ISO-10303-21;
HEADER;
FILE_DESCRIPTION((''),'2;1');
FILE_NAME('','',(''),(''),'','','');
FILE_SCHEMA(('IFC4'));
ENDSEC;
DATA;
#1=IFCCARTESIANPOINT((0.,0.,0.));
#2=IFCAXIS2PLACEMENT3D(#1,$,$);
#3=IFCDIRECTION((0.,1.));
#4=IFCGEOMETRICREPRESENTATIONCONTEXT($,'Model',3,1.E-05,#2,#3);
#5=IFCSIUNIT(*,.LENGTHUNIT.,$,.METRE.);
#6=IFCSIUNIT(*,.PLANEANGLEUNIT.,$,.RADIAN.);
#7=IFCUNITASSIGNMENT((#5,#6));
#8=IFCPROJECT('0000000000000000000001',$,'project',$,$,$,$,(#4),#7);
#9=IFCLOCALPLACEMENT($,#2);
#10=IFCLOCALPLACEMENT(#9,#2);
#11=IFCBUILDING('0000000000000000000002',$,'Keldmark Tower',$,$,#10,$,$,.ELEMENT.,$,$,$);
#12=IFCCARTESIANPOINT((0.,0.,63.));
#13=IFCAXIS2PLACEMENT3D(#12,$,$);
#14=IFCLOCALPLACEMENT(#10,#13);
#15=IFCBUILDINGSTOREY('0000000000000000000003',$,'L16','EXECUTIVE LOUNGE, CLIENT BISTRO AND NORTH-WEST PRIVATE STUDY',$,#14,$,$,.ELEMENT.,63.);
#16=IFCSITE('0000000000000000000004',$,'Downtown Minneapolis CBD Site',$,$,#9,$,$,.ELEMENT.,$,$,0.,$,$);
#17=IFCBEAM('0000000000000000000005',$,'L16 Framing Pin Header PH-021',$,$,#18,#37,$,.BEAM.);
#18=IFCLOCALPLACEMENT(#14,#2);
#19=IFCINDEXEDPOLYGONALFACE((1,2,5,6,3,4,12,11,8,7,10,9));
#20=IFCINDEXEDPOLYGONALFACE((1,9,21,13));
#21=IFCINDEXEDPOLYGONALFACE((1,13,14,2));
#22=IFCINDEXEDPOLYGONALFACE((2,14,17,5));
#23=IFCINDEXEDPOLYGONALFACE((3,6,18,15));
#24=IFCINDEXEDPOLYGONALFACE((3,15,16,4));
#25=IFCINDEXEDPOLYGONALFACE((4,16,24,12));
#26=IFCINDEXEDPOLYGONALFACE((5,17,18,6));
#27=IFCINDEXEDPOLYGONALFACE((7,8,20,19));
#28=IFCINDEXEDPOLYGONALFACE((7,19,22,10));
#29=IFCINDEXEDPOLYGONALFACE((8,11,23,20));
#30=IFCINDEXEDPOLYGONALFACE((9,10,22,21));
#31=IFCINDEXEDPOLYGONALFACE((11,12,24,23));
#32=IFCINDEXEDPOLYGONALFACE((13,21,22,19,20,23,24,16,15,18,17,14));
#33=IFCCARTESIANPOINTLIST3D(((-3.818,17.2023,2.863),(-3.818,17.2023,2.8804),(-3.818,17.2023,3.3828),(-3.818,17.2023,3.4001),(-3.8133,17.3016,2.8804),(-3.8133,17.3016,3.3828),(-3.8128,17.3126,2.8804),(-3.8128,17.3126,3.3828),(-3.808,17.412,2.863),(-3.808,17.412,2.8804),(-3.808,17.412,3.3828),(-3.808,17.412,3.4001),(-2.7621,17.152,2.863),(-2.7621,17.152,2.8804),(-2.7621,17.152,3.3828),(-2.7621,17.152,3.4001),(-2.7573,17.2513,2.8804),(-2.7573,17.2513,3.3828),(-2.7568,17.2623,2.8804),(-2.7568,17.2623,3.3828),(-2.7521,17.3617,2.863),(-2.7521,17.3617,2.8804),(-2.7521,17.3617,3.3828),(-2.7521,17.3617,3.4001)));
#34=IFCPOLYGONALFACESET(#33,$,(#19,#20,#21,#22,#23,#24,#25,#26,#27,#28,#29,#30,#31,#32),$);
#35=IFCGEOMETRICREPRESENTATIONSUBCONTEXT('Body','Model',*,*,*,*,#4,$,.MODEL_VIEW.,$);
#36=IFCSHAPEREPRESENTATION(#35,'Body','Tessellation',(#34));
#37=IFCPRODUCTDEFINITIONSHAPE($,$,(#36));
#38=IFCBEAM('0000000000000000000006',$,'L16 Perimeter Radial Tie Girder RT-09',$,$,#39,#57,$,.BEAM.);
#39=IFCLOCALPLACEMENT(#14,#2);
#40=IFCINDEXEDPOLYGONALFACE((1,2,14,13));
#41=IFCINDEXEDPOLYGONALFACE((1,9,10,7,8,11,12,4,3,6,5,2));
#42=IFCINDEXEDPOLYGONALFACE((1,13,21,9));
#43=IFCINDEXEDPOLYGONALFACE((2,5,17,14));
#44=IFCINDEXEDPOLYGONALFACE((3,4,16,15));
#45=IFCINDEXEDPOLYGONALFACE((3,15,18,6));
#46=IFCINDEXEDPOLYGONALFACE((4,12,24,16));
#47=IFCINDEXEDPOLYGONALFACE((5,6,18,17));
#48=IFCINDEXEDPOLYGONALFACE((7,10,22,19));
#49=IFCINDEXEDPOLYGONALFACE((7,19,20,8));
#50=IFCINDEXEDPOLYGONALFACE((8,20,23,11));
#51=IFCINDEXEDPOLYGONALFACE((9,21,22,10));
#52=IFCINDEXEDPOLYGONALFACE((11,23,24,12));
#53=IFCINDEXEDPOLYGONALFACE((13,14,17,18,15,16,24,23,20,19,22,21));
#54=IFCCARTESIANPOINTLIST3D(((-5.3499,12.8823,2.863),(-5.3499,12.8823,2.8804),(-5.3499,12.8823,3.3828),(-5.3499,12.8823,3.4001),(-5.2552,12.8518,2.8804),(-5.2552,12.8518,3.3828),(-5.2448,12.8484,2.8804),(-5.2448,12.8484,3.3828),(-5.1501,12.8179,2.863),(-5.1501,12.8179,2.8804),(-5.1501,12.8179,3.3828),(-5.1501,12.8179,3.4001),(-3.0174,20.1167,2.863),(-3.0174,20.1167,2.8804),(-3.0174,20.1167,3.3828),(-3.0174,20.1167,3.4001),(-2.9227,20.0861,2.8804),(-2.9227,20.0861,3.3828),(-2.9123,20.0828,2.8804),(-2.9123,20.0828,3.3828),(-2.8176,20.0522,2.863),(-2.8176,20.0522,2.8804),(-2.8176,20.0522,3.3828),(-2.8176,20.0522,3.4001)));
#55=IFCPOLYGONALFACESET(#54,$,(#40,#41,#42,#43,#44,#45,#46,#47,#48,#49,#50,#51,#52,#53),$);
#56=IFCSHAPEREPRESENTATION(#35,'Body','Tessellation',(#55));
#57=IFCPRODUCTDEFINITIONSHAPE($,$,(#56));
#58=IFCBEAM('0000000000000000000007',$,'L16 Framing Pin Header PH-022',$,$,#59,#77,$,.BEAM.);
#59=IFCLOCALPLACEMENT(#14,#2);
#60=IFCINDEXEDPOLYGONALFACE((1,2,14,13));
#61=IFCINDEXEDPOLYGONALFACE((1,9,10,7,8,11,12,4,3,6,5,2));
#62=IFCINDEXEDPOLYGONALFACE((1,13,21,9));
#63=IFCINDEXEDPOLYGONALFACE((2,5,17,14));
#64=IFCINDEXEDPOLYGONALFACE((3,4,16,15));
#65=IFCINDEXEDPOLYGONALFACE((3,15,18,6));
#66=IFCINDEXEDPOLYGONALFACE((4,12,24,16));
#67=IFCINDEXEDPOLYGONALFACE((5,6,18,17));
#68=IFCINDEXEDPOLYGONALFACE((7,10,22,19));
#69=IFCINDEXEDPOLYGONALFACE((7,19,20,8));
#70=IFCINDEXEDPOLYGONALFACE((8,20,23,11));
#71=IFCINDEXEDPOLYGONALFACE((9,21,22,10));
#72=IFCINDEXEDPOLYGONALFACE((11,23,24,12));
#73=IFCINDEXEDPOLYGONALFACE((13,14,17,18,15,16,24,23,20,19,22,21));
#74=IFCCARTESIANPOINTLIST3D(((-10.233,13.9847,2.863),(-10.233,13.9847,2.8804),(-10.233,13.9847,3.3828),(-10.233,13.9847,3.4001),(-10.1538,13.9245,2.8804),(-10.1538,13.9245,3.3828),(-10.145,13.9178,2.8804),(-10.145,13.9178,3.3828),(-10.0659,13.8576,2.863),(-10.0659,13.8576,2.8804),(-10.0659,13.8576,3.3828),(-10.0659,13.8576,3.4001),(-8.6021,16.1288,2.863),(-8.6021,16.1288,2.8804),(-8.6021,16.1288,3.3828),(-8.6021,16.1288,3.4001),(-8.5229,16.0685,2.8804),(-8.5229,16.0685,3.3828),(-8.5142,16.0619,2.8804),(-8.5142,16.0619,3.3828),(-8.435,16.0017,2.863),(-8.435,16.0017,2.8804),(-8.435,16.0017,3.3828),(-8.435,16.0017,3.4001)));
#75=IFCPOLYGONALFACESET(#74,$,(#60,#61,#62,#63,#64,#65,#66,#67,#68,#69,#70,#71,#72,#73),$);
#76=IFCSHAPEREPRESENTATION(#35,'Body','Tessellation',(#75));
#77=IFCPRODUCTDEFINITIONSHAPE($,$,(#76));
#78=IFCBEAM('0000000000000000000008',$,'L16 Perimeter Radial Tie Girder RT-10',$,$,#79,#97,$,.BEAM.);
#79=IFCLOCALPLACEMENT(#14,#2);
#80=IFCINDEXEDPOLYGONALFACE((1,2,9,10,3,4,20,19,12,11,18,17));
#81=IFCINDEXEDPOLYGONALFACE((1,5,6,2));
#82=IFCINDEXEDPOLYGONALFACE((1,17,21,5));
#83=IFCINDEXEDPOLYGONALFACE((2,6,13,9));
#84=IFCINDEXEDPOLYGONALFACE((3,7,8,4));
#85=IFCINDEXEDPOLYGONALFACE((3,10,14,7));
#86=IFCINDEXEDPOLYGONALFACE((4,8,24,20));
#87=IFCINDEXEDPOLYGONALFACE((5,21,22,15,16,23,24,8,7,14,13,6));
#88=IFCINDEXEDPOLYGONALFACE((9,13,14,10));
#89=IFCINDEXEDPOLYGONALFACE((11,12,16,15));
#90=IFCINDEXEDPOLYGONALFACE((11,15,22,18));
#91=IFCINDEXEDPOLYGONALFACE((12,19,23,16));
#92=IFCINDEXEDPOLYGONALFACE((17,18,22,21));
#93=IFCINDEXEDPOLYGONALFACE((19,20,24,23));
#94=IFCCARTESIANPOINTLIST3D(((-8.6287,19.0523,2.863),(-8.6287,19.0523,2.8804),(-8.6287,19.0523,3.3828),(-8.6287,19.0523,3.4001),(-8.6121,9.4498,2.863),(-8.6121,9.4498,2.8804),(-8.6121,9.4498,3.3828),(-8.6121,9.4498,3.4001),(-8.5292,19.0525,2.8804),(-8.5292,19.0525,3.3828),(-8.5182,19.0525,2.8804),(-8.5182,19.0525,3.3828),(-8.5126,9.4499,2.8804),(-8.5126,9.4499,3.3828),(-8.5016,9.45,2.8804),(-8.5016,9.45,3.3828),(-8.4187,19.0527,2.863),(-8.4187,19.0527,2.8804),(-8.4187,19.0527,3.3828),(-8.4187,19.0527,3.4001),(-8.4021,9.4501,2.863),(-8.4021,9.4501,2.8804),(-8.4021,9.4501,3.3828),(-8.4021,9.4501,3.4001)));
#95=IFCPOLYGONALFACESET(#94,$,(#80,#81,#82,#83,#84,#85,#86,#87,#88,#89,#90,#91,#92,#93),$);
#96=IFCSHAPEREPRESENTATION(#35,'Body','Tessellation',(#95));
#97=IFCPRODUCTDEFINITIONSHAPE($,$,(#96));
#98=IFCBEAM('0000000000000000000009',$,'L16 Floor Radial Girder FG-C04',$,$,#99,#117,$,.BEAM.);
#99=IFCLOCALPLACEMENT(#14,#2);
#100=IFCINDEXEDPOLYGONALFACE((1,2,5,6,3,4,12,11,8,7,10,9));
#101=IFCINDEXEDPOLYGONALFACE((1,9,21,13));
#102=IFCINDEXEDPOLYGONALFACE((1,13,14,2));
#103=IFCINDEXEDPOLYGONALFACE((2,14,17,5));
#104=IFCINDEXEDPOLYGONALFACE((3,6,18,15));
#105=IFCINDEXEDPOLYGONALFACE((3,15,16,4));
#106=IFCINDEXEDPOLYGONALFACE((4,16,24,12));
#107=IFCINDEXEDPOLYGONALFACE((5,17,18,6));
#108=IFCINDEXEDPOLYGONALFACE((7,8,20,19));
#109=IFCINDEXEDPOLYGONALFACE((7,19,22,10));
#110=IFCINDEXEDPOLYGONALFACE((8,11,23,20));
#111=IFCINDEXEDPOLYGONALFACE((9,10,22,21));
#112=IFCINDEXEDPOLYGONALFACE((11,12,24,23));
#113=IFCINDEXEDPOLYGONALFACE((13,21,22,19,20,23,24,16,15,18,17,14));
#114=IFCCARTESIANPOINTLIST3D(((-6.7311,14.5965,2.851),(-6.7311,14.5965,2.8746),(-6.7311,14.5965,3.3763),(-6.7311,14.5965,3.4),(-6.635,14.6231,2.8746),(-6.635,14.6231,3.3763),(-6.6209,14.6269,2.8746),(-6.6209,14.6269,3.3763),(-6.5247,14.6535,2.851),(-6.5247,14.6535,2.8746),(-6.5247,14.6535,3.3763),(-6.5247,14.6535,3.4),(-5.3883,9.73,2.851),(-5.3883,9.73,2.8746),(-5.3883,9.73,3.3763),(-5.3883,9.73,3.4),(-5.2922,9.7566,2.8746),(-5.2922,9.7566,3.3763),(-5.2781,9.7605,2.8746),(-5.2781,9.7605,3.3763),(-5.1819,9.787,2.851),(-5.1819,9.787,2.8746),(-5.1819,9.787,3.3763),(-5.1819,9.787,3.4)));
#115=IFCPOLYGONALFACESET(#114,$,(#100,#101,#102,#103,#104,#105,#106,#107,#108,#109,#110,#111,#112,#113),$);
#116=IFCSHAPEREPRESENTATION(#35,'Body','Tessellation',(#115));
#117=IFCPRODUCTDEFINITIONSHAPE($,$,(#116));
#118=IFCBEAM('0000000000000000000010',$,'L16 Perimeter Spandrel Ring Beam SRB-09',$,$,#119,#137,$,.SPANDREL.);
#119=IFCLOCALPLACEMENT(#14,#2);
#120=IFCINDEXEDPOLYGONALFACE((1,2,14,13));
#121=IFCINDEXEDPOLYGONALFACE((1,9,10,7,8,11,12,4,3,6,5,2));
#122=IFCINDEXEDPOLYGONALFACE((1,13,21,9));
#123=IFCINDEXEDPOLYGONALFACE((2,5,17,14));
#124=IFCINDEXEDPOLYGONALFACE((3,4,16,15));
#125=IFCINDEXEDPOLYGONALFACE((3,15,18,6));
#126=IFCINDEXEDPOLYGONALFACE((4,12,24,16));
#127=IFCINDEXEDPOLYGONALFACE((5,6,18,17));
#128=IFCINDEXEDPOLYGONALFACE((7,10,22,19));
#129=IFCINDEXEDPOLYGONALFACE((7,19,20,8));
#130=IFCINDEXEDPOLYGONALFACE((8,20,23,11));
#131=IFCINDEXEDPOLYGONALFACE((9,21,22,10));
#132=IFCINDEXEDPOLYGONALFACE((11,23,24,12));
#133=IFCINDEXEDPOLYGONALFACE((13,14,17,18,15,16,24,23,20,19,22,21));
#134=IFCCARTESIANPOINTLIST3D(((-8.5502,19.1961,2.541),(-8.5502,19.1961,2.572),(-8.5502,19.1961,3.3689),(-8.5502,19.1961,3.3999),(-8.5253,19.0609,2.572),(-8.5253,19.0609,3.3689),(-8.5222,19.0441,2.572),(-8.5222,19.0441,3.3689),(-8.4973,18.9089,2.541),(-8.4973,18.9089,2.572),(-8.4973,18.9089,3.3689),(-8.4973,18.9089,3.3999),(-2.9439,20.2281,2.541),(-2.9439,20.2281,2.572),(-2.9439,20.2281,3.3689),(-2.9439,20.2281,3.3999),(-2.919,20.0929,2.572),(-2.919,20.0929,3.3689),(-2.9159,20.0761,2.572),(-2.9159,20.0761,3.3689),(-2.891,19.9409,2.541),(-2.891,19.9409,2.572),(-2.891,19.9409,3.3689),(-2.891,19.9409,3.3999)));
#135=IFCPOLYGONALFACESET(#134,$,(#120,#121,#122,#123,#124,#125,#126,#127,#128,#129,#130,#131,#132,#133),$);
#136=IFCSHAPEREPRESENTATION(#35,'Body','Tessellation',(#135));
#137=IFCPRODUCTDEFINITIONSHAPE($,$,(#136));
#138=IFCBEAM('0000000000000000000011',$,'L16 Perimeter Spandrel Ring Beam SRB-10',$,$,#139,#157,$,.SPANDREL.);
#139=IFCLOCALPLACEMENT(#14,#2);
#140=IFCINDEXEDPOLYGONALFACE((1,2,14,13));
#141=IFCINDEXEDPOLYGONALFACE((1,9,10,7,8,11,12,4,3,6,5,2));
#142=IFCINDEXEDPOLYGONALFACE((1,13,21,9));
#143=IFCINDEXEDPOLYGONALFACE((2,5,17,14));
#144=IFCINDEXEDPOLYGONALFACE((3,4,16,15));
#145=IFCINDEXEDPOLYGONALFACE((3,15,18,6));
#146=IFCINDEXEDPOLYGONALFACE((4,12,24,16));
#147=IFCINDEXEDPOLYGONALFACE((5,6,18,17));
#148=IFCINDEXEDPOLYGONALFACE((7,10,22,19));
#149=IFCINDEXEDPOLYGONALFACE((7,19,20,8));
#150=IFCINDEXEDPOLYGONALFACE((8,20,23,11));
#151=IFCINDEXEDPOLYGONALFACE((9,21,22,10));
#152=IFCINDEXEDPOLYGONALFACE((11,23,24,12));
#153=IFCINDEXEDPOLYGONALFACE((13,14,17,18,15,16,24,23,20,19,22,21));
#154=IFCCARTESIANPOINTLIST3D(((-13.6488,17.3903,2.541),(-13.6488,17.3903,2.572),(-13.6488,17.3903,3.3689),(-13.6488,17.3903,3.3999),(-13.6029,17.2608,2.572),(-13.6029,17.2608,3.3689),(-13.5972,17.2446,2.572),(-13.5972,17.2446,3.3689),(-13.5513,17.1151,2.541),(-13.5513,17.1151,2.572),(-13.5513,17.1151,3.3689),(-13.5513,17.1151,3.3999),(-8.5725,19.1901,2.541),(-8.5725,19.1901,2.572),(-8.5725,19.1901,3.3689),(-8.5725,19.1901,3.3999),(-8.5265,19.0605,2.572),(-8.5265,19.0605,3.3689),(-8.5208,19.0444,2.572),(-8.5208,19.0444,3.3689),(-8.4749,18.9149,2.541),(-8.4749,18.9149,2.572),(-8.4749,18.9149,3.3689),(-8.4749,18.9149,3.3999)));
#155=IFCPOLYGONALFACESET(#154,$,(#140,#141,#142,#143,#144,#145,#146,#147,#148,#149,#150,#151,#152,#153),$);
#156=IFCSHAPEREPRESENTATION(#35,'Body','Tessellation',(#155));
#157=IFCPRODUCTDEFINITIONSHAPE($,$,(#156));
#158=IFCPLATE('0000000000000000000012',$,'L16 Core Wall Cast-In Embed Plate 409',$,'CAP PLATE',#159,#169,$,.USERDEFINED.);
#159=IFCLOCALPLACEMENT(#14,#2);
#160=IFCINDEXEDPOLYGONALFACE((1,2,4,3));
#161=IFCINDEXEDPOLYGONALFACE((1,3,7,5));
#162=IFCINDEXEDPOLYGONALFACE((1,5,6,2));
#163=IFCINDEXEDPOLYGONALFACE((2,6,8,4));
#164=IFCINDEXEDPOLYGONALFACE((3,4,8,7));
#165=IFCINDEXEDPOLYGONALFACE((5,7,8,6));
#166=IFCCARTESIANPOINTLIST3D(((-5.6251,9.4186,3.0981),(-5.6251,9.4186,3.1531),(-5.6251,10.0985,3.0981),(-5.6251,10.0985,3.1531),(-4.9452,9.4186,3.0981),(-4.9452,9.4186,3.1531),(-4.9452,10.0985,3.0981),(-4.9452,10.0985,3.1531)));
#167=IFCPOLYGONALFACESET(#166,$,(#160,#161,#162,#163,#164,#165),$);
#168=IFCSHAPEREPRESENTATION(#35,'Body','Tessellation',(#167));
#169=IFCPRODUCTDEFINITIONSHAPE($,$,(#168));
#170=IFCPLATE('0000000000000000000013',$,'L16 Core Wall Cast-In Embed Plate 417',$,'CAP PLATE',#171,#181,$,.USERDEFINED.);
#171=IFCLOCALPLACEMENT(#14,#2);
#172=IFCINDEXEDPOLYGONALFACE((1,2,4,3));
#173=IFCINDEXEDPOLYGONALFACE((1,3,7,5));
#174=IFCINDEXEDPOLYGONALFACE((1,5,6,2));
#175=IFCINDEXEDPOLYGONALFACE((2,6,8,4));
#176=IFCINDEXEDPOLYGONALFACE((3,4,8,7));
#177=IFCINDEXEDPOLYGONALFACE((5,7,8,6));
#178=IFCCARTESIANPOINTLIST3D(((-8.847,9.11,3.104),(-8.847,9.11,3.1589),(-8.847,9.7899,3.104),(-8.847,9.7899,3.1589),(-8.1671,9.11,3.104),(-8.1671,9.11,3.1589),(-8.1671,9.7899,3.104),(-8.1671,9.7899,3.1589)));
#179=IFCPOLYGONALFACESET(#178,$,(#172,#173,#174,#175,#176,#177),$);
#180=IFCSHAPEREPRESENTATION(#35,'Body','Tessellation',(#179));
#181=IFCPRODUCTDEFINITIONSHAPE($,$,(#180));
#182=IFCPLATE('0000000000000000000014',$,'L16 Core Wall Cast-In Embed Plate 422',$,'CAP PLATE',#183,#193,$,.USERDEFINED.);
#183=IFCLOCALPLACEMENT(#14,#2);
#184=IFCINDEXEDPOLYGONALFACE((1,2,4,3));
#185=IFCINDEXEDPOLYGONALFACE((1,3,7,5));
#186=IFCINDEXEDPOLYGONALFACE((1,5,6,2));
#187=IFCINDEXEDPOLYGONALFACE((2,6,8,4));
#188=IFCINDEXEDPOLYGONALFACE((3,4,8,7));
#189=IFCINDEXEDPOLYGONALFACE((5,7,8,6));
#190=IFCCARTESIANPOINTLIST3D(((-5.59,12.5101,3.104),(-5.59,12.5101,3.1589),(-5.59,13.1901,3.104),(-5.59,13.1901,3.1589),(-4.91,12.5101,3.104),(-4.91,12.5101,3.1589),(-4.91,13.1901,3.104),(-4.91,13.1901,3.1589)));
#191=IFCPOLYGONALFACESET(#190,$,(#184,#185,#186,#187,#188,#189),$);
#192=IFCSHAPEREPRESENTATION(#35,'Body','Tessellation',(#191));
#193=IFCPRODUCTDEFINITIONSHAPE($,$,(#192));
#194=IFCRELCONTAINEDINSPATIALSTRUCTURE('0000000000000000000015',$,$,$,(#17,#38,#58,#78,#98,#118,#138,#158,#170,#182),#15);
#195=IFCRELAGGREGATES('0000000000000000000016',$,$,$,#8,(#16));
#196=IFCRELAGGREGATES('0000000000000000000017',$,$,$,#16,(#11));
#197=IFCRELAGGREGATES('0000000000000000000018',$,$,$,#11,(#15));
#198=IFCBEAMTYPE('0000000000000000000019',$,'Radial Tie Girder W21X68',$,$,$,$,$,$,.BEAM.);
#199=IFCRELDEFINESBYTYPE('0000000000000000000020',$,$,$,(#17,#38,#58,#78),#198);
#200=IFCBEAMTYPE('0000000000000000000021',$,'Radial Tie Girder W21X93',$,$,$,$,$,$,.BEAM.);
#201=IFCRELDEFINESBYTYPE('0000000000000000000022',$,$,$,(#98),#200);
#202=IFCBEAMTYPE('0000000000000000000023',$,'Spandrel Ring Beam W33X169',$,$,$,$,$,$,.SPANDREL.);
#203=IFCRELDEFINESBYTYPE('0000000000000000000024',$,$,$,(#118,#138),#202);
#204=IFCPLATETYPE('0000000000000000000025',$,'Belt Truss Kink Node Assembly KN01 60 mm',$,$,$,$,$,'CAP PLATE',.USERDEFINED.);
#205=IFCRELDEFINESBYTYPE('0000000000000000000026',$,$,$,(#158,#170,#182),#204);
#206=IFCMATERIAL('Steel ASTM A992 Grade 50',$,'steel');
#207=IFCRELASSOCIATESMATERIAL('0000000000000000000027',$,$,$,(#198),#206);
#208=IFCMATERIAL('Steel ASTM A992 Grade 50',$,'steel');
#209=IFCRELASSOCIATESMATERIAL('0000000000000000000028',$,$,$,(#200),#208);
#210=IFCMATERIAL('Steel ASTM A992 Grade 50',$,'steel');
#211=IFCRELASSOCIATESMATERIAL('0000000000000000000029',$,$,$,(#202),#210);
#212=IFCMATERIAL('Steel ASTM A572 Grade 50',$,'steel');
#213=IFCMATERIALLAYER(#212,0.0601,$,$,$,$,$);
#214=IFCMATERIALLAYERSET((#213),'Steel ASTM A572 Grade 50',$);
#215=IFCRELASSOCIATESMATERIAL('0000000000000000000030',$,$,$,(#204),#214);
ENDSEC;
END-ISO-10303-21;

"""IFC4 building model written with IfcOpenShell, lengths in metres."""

from ifc_helpers import new_model, si_unit, direction, frame, origin, origin_2d, place, context, subcontext, project, spatial, rectangle, i_section, extrude, material, layer, layer_set, material_profile, profile_set, type_object, element, save


model = new_model("IFC4")

# Units and contexts
model_context = context("Model", 3, precision=1e-05, world=origin(), true_north=direction((0.0, 1.0)))
body_context = subcontext(model_context, "Body", "Model", "MODEL_VIEW")
ifc_project = project(units=[si_unit("LENGTHUNIT", "METRE"), si_unit("PLANEANGLEUNIT", "RADIAN")], contexts=[model_context])

# Site, building, storey
site_placement = place(None, origin())
site = spatial("IfcSite", under=ifc_project, at=site_placement, Name="Downtown Minneapolis CBD Site", CompositionType="ELEMENT", RefElevation=0.0)
building_placement = place(site_placement, origin())
building = spatial("IfcBuilding", under=site, at=building_placement, Name="Keldmark Tower", CompositionType="ELEMENT")
storey_placement = place(building_placement, frame((0.0, 0.0, 63.0)))
storey = spatial("IfcBuildingStorey", under=building, at=storey_placement, Name="L16", Description="EXECUTIVE LOUNGE, CLIENT BISTRO AND NORTH-WEST PRIVATE STUDY", CompositionType="ELEMENT", Elevation=63.0)

# Beams
ifc_material_1 = material(Name="Steel ASTM A992 Grade 50", Category="steel")
ifc_material_profile_1 = material_profile(ifc_material_1, i_section(OverallWidth=0.21, OverallDepth=0.5371, WebThickness=0.011, FlangeThickness=0.0173, at=origin_2d()), Name="W21X68")
ifc_profile_set_1 = profile_set([ifc_material_profile_1], Name="Steel ASTM A992 Grade 50")
beam_type_1 = type_object("IfcBeamType", Name="Radial Tie Girder W21X68", PredefinedType="BEAM", material=ifc_profile_set_1)
beam_1_placement = place(storey_placement, frame((-2.7571, 17.2568, 3.1316), z_axis=(-0.998868, 0.047576, 0.0), x_axis=(-0.047576, -0.998868, 0.0)))
element("IfcBeam", 1, at=beam_1_placement, inside=storey, type_object=beam_type_1, Name="L16 Framing Pin Header PH-021", PredefinedType="BEAM", context=body_context, shape_type="SweptSolid", body=[
    extrude(i_section(OverallWidth=0.21, OverallDepth=0.5371, WebThickness=0.011, FlangeThickness=0.0173, at=origin_2d()), origin(), (0.0, 0.0, 1.0), 1.0571),
])
beam_2_placement = place(storey_placement, frame((-5.25, 12.8501, 3.1316), z_axis=(0.306866, 0.951753, 0.0), x_axis=(-0.951753, 0.306866, 0.0)))
element("IfcBeam", 2, at=beam_2_placement, inside=storey, type_object=beam_type_1, Name="L16 Perimeter Radial Tie Girder RT-09", PredefinedType="BEAM", context=body_context, shape_type="SweptSolid", body=[
    extrude(i_section(OverallWidth=0.21, OverallDepth=0.5371, WebThickness=0.011, FlangeThickness=0.0173, at=origin_2d()), origin(), (0.0, 0.0, 1.0), 7.6011),
])
beam_3_placement = place(storey_placement, frame((-10.1494, 13.9211, 3.1316), z_axis=(0.60541, 0.795914, 0.0), x_axis=(-0.795914, 0.60541, 0.0)))
element("IfcBeam", 3, at=beam_3_placement, inside=storey, type_object=beam_type_1, Name="L16 Framing Pin Header PH-022", PredefinedType="BEAM", context=body_context, shape_type="SweptSolid", body=[
    extrude(i_section(OverallWidth=0.21, OverallDepth=0.5371, WebThickness=0.011, FlangeThickness=0.0173, at=origin_2d()), origin(), (0.0, 0.0, 1.0), 2.6938),
])
beam_4_placement = place(storey_placement, frame((-8.5071, 9.45, 3.1316), z_axis=(-0.001729, 0.999999, 0.0), x_axis=(-0.999999, -0.001729, 0.0)))
element("IfcBeam", 4, at=beam_4_placement, inside=storey, type_object=beam_type_1, Name="L16 Perimeter Radial Tie Girder RT-10", PredefinedType="BEAM", context=body_context, shape_type="SweptSolid", body=[
    extrude(i_section(OverallWidth=0.21, OverallDepth=0.5371, WebThickness=0.011, FlangeThickness=0.0173, at=origin_2d()), origin(), (0.0, 0.0, 1.0), 9.6025),
])
ifc_material_2 = material(Name="Steel ASTM A992 Grade 50", Category="steel")
ifc_material_profile_2 = material_profile(ifc_material_2, i_section(OverallWidth=0.2141, OverallDepth=0.5491, WebThickness=0.0146, FlangeThickness=0.0237, at=origin_2d()), Name="W21X93")
ifc_profile_set_2 = profile_set([ifc_material_profile_2], Name="Steel ASTM A992 Grade 50")
beam_type_2 = type_object("IfcBeamType", Name="Radial Tie Girder W21X93", PredefinedType="BEAM", material=ifc_profile_set_2)
beam_5_placement = place(storey_placement, frame((-6.6279, 14.625, 3.1255), z_axis=(0.265985, -0.963977, 0.0), x_axis=(0.963977, 0.265985, 0.0)))
element("IfcBeam", 5, at=beam_5_placement, inside=storey, type_object=beam_type_2, Name="L16 Floor Radial Girder FG-C04", PredefinedType="BEAM", context=body_context, shape_type="SweptSolid", body=[
    extrude(i_section(OverallWidth=0.2141, OverallDepth=0.5491, WebThickness=0.0146, FlangeThickness=0.0237, at=origin_2d()), origin(), (0.0, 0.0, 1.0), 5.0483),
])
ifc_material_3 = material(Name="Steel ASTM A992 Grade 50", Category="steel")
ifc_material_profile_3 = material_profile(ifc_material_3, i_section(OverallWidth=0.292, OverallDepth=0.8589, WebThickness=0.0171, FlangeThickness=0.031, at=origin_2d()), Name="W33X169")
ifc_profile_set_3 = profile_set([ifc_material_profile_3], Name="Steel ASTM A992 Grade 50")
beam_type_3 = type_object("IfcBeamType", Name="Spandrel Ring Beam W33X169", PredefinedType="SPANDREL", material=ifc_profile_set_3)
beam_6_placement = place(storey_placement, frame((-2.9175, 20.0845, 2.9705), z_axis=(-0.983476, -0.181037, 0.0), x_axis=(0.181037, -0.983476, 0.0)))
element("IfcBeam", 6, at=beam_6_placement, inside=storey, type_object=beam_type_3, Name="L16 Perimeter Spandrel Ring Beam SRB-09", PredefinedType="SPANDREL", context=body_context, shape_type="SweptSolid", body=[
    extrude(i_section(OverallWidth=0.292, OverallDepth=0.8589, WebThickness=0.0171, FlangeThickness=0.031, at=origin_2d()), origin(), (0.0, 0.0, 1.0), 5.7004),
])
beam_7_placement = place(storey_placement, frame((-8.5237, 19.0525, 2.9705), z_axis=(-0.942516, -0.334162, 0.0), x_axis=(0.334162, -0.942516, 0.0)))
element("IfcBeam", 7, at=beam_7_placement, inside=storey, type_object=beam_type_3, Name="L16 Perimeter Spandrel Ring Beam SRB-10", PredefinedType="SPANDREL", context=body_context, shape_type="SweptSolid", body=[
    extrude(i_section(OverallWidth=0.292, OverallDepth=0.8589, WebThickness=0.0171, FlangeThickness=0.031, at=origin_2d()), origin(), (0.0, 0.0, 1.0), 5.386),
])

# Plates
ifc_material_4 = material(Name="Steel ASTM A572 Grade 50", Category="steel")
ifc_layer_1 = layer(ifc_material_4, 0.0601)
ifc_layer_set_1 = layer_set([ifc_layer_1], Name="Steel ASTM A572 Grade 50")
plate_type_1 = type_object("IfcPlateType", Name="Belt Truss Kink Node Assembly KN01 60 mm", ElementType="CAP PLATE", PredefinedType="USERDEFINED", material=ifc_layer_set_1)
for number, where, z_axis, x_axis, name in (
    (8, (-5.2852, 9.7585, 3.0981), (0.0, 0.0, 1.0), (1.0, 0.0, 0.0), "L16 Core Wall Cast-In Embed Plate 409"),
    (9, (-8.5071, 9.45, 3.104), (0.0, 0.0, 1.0), (1.0, 0.0, 0.0), "L16 Core Wall Cast-In Embed Plate 417"),
    (10, (-5.25, 12.8501, 3.104), (0.0, 0.0, 1.0), (1.0, 0.0, 0.0), "L16 Core Wall Cast-In Embed Plate 422"),
):
    element("IfcPlate", number, at=place(storey_placement, frame(where, z_axis=z_axis, x_axis=x_axis)), inside=storey, type_object=plate_type_1, Name=name, ObjectType="CAP PLATE", PredefinedType="USERDEFINED", context=body_context, shape_type="SweptSolid", body=[
        extrude(rectangle(XDim=0.6799, YDim=0.6799, at=origin_2d()), origin(), (0.0, 0.0, 1.0), 0.0549),
    ])

save(model, "model.ifc")
